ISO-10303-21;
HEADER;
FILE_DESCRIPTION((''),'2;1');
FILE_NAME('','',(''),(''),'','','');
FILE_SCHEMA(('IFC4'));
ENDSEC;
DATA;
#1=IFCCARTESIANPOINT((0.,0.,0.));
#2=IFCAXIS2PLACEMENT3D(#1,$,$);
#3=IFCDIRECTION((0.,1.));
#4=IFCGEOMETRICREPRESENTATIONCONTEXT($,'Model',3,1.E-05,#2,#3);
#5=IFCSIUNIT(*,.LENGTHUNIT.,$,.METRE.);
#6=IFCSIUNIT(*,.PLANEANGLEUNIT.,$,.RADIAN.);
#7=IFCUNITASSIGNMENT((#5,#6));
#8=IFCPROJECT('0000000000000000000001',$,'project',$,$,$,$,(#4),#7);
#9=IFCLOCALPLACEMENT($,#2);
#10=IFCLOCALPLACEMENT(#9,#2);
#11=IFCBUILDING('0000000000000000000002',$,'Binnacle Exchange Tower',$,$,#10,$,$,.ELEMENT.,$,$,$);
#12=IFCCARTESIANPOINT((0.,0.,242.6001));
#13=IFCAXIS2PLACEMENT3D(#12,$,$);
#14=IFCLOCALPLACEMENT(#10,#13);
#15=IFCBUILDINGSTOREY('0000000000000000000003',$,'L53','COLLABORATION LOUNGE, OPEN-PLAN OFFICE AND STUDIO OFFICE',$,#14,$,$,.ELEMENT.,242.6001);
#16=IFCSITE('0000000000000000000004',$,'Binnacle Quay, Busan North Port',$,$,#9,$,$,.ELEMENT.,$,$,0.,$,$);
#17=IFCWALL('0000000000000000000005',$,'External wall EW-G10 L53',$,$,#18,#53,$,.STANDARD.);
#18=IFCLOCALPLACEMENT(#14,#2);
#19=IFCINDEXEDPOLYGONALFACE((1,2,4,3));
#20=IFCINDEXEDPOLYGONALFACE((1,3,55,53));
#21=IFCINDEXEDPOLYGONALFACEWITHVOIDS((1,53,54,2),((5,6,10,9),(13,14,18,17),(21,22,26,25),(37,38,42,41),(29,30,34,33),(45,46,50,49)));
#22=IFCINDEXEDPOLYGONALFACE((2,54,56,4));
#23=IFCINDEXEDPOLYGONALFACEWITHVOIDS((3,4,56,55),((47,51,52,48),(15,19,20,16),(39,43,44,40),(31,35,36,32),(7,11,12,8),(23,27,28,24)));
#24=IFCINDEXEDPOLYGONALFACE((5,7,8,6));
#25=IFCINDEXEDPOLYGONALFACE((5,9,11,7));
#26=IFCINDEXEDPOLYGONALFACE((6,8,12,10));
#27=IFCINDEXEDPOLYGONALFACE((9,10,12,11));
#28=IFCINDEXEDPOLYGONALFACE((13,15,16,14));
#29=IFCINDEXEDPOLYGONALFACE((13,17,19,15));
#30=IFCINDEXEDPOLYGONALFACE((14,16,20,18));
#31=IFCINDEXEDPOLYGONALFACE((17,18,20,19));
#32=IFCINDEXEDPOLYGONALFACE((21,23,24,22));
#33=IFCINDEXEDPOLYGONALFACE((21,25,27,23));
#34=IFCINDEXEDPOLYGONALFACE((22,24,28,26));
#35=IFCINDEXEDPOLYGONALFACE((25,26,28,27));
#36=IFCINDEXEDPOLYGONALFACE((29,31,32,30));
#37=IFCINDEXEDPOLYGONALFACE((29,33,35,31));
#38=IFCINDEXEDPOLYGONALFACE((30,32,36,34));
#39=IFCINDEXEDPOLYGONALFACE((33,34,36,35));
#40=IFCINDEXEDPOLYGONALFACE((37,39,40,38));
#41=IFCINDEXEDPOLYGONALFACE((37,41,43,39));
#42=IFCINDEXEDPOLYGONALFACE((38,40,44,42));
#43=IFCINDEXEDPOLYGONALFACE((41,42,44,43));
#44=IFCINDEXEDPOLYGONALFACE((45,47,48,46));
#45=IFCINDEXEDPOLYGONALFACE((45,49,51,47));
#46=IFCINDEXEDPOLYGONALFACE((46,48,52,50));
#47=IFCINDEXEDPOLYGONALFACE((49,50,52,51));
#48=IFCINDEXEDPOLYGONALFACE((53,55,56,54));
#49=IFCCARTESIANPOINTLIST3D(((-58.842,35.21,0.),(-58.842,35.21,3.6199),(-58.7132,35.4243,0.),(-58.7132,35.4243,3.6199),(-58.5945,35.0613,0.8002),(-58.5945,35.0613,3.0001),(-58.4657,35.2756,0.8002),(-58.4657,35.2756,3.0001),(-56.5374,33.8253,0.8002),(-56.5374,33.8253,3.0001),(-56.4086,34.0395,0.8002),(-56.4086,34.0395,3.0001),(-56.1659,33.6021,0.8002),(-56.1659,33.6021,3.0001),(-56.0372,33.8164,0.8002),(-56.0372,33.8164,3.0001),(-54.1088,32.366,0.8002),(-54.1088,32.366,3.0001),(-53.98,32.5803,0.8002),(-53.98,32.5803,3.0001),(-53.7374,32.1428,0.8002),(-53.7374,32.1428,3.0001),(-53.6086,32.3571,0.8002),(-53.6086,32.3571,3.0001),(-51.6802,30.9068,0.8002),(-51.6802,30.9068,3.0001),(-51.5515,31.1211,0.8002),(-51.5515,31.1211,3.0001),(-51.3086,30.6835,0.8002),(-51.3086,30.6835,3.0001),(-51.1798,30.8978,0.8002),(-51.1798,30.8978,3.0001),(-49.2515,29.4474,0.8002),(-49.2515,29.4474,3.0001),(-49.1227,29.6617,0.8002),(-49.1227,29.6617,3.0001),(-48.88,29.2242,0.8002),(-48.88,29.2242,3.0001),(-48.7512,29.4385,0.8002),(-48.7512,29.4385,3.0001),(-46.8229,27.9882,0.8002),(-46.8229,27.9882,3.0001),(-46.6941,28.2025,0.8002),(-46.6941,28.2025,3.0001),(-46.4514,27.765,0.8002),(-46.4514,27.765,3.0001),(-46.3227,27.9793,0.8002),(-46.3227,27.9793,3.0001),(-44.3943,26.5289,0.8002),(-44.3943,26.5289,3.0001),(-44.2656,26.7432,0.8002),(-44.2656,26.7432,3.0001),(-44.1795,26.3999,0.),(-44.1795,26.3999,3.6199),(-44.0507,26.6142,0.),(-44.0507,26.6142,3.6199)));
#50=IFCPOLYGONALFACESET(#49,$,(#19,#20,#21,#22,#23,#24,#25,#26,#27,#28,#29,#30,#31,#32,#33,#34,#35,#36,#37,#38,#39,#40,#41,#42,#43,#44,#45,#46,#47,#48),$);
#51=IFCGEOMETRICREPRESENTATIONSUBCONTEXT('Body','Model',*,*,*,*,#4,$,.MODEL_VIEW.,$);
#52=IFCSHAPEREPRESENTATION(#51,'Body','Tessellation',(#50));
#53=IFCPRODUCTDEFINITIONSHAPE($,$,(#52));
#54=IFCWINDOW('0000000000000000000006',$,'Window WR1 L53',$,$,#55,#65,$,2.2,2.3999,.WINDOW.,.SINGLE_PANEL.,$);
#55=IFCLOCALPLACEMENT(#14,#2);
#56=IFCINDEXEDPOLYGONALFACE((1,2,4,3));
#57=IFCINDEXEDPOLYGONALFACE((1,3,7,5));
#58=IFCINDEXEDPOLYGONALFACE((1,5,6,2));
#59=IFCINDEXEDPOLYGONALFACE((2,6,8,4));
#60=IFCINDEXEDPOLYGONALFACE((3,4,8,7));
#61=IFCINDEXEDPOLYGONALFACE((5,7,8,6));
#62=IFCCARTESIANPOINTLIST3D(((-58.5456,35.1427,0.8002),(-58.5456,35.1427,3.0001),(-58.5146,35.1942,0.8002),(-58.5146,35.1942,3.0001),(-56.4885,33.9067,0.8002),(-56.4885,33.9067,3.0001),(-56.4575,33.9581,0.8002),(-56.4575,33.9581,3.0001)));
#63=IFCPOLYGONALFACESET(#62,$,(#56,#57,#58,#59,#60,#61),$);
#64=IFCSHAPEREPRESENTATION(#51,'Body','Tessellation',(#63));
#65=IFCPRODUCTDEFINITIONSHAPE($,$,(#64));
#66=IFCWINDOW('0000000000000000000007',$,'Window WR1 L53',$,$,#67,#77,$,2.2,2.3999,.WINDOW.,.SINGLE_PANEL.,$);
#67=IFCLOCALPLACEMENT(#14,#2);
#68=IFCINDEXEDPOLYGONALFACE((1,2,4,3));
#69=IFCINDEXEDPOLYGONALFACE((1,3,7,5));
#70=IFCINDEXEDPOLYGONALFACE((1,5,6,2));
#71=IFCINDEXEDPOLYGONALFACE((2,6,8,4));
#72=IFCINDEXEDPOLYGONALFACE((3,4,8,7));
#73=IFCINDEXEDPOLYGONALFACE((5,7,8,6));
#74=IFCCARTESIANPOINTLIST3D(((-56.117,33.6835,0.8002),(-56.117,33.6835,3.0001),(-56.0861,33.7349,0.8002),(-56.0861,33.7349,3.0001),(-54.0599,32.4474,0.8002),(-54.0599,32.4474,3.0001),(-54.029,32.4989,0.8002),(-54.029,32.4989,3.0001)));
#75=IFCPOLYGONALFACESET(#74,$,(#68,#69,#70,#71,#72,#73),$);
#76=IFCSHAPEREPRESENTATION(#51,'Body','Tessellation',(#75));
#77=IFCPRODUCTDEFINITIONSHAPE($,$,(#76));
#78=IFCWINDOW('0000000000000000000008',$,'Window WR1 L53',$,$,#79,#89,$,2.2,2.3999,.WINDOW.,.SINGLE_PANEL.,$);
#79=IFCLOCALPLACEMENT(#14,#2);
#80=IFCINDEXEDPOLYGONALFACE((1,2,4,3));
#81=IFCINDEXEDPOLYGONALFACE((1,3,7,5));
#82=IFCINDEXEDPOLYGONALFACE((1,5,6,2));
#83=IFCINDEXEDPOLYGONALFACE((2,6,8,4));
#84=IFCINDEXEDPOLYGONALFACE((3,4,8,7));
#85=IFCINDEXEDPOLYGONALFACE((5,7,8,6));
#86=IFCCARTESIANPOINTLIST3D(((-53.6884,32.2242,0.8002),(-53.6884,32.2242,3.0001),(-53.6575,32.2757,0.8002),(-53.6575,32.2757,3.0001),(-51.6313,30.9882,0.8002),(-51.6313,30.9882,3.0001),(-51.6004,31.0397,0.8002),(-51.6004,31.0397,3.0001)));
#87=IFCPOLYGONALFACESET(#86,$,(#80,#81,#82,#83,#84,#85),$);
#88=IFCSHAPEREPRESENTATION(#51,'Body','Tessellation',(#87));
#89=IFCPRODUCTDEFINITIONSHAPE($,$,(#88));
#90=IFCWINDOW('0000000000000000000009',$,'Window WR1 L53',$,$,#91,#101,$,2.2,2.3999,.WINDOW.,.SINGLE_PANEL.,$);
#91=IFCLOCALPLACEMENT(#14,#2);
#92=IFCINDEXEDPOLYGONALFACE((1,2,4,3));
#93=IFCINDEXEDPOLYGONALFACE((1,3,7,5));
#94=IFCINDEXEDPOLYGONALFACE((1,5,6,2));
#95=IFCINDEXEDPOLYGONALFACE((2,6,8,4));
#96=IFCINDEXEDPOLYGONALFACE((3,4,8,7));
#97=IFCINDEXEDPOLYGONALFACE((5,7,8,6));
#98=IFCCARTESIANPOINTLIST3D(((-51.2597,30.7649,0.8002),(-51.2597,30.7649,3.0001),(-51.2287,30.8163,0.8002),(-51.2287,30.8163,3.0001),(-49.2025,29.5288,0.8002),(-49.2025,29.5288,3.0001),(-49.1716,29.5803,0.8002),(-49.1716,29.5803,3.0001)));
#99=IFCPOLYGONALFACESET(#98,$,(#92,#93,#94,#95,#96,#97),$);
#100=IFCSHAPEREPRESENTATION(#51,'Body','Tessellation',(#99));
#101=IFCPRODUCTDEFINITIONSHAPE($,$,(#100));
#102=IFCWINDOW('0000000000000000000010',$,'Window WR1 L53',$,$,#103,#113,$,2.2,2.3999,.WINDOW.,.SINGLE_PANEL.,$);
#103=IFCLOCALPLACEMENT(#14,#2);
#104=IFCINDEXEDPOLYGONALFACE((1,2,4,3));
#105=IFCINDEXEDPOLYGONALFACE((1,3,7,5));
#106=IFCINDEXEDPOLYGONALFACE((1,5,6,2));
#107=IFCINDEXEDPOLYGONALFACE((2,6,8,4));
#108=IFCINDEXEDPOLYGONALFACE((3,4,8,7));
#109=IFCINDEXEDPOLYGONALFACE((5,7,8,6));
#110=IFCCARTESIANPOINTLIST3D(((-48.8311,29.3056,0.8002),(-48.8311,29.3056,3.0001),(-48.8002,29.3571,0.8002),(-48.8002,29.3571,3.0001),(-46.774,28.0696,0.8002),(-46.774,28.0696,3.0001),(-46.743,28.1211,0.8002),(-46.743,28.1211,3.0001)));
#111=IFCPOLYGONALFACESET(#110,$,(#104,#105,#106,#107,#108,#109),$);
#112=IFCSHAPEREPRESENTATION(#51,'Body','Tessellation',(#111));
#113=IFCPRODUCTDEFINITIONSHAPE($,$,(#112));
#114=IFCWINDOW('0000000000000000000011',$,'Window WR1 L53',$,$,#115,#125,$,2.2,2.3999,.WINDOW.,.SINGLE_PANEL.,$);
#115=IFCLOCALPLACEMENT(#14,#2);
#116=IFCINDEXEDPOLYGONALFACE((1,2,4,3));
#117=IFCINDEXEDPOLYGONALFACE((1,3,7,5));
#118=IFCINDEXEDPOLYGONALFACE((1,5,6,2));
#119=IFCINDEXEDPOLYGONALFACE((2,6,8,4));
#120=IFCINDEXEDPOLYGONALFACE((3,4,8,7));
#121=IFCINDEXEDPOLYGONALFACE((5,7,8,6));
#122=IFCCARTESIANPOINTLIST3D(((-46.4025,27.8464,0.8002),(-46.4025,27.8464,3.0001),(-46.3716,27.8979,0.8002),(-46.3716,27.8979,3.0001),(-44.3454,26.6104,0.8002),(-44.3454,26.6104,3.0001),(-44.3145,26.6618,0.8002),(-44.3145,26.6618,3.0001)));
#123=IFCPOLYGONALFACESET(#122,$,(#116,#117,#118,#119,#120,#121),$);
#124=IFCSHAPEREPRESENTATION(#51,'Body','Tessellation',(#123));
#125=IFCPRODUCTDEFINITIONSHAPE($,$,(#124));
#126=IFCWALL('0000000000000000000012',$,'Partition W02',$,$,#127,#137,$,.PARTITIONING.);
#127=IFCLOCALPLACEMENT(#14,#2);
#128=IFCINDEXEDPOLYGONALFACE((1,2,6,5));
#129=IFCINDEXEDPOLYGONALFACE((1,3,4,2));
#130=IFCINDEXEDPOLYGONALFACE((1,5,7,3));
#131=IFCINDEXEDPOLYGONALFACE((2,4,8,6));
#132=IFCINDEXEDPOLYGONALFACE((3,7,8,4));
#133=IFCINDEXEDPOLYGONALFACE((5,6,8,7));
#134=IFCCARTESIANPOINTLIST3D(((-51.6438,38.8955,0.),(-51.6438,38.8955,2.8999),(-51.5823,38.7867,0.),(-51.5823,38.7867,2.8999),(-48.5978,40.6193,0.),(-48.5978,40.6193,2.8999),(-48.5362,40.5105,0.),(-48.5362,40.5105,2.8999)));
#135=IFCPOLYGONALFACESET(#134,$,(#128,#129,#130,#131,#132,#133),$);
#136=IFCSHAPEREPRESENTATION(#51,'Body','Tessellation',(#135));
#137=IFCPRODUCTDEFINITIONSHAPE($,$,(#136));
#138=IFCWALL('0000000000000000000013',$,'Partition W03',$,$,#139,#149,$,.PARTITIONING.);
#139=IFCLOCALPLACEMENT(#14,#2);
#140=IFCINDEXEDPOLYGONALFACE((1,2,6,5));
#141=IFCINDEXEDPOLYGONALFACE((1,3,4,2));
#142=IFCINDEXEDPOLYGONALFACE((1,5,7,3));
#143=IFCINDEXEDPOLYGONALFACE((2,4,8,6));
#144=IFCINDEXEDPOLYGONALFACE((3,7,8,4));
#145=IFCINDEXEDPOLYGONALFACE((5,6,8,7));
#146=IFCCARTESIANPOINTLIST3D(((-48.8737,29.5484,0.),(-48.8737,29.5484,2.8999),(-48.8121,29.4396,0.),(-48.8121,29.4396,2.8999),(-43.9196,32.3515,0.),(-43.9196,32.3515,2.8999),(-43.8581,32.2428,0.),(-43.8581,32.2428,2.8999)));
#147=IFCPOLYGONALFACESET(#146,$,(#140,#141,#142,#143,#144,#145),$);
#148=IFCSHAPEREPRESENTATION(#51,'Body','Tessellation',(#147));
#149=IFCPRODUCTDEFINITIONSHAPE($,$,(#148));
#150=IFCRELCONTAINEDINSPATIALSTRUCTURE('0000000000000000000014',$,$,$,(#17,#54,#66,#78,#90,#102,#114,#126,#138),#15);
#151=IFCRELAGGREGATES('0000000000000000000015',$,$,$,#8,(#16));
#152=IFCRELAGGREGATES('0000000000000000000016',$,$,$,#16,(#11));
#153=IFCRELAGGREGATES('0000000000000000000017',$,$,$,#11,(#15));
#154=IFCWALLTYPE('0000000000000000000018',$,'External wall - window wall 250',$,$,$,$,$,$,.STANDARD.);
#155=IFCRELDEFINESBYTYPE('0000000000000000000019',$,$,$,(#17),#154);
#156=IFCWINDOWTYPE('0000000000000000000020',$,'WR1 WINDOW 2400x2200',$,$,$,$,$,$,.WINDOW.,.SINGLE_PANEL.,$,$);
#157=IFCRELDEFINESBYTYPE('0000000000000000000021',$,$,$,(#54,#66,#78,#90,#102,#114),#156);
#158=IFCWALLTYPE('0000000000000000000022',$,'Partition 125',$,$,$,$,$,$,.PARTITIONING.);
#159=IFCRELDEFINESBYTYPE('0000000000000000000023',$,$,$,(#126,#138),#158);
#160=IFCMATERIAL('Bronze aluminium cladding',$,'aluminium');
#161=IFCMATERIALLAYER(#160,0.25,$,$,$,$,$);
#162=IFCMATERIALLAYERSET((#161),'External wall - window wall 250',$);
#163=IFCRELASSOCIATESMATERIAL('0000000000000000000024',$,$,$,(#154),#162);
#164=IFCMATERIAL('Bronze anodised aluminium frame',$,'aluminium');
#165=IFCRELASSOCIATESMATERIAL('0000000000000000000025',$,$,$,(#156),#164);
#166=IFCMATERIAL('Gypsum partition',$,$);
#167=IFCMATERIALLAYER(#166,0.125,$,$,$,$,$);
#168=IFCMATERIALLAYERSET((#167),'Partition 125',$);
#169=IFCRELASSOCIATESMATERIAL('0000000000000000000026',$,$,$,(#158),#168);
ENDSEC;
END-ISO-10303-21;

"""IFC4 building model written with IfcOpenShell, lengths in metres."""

from ifc_helpers import new_model, si_unit, direction, frame, frame_2d, origin, place, context, subcontext, project, spatial, rectangle, extrude, material, layer, layer_set, type_object, element, fill, save


model = new_model("IFC4")

# Units and contexts
model_context = context("Model", 3, precision=1e-05, world=origin(), true_north=direction((0.0, 1.0)))
body_context = subcontext(model_context, "Body", "Model", "MODEL_VIEW")
ifc_project = project(units=[si_unit("LENGTHUNIT", "METRE"), si_unit("PLANEANGLEUNIT", "RADIAN")], contexts=[model_context])

# Site, building, storey
site_placement = place(None, origin())
site = spatial("IfcSite", under=ifc_project, at=site_placement, Name="Binnacle Quay, Busan North Port", CompositionType="ELEMENT", RefElevation=0.0)
building_placement = place(site_placement, origin())
building = spatial("IfcBuilding", under=site, at=building_placement, Name="Binnacle Exchange Tower", CompositionType="ELEMENT")
storey_placement = place(building_placement, frame((0.0, 0.0, 242.6001)))
storey = spatial("IfcBuildingStorey", under=building, at=storey_placement, Name="L53", Description="COLLABORATION LOUNGE, OPEN-PLAN OFFICE AND STUDIO OFFICE", CompositionType="ELEMENT", Elevation=242.6001)

# Shared definitions
ifc_material_1 = material(Name="Bronze aluminium cladding", Category="aluminium")
ifc_layer_1 = layer(ifc_material_1, 0.25)
ifc_layer_set_1 = layer_set([ifc_layer_1], Name="External wall - window wall 250")
wall_type_1 = type_object("IfcWallType", Name="External wall - window wall 250", PredefinedType="STANDARD", material=ifc_layer_set_1)

# Wall, openings, windows
wall_1_placement = place(storey_placement, frame((-44.1152, 26.5071, 0.0), z_axis=(0.0, 0.0, 1.0), x_axis=(-0.857167, 0.515039, 0.0)))
wall_1 = element("IfcWall", 1, at=wall_1_placement, inside=storey, type_object=wall_type_1, Name="External wall EW-G10 L53", PredefinedType="STANDARD", context=body_context, shape_type="SweptSolid", body=[
    extrude(rectangle(XDim=17.1057, YDim=0.25, at=frame_2d((8.5527, 0.0))), origin(), (0.0, 0.0, 1.0), 3.6199),
])
opening_1_placement = place(wall_1_placement, frame((14.417, 0.0, 0.8)))
opening_1 = element("IfcOpeningElement", 2, at=opening_1_placement, cuts=wall_1, PredefinedType="OPENING", context=body_context, shape_type="SweptSolid", body=[
    extrude(rectangle(XDim=2.3999, YDim=2.2, at=frame_2d((1.2, 1.1001))), frame((0.0, 0.135, 0.0), z_axis=(0.0, -1.0, 0.0), x_axis=(1.0, 0.0, 0.0)), (0.0, 0.0, 1.0), 0.27),
])
opening_2_placement = place(wall_1_placement, frame((11.5837, 0.0, 0.8)))
opening_2 = element("IfcOpeningElement", 3, at=opening_2_placement, cuts=wall_1, PredefinedType="OPENING", context=body_context, shape_type="SweptSolid", body=[
    extrude(rectangle(XDim=2.3999, YDim=2.2, at=frame_2d((1.2, 1.1001))), frame((0.0, 0.135, 0.0), z_axis=(0.0, -1.0, 0.0), x_axis=(1.0, 0.0, 0.0)), (0.0, 0.0, 1.0), 0.27),
])
opening_3_placement = place(wall_1_placement, frame((8.7505, 0.0, 0.8)))
opening_3 = element("IfcOpeningElement", 4, at=opening_3_placement, cuts=wall_1, PredefinedType="OPENING", context=body_context, shape_type="SweptSolid", body=[
    extrude(rectangle(XDim=2.3999, YDim=2.2, at=frame_2d((1.2, 1.1001))), frame((0.0, 0.135, 0.0), z_axis=(0.0, -1.0, 0.0), x_axis=(1.0, 0.0, 0.0)), (0.0, 0.0, 1.0), 0.27),
])
opening_4_placement = place(wall_1_placement, frame((5.917, 0.0, 0.8)))
opening_4 = element("IfcOpeningElement", 5, at=opening_4_placement, cuts=wall_1, PredefinedType="OPENING", context=body_context, shape_type="SweptSolid", body=[
    extrude(rectangle(XDim=2.3999, YDim=2.2, at=frame_2d((1.2, 1.1001))), frame((0.0, 0.135, 0.0), z_axis=(0.0, -1.0, 0.0), x_axis=(1.0, 0.0, 0.0)), (0.0, 0.0, 1.0), 0.27),
])
opening_5_placement = place(wall_1_placement, frame((3.0837, 0.0, 0.8)))
opening_5 = element("IfcOpeningElement", 6, at=opening_5_placement, cuts=wall_1, PredefinedType="OPENING", context=body_context, shape_type="SweptSolid", body=[
    extrude(rectangle(XDim=2.3999, YDim=2.2, at=frame_2d((1.2, 1.1001))), frame((0.0, 0.135, 0.0), z_axis=(0.0, -1.0, 0.0), x_axis=(1.0, 0.0, 0.0)), (0.0, 0.0, 1.0), 0.27),
])
opening_6_placement = place(wall_1_placement, frame((0.2505, 0.0, 0.8)))
opening_6 = element("IfcOpeningElement", 7, at=opening_6_placement, cuts=wall_1, PredefinedType="OPENING", context=body_context, shape_type="SweptSolid", body=[
    extrude(rectangle(XDim=2.3999, YDim=2.2, at=frame_2d((1.2, 1.1001))), frame((0.0, 0.135, 0.0), z_axis=(0.0, -1.0, 0.0), x_axis=(1.0, 0.0, 0.0)), (0.0, 0.0, 1.0), 0.27),
])
ifc_material_2 = material(Name="Bronze anodised aluminium frame", Category="aluminium")
window_type = type_object("IfcWindowType", Name="WR1 WINDOW 2400x2200", PartitioningType="SINGLE_PANEL", PredefinedType="WINDOW", material=ifc_material_2)
window_1_placement = place(opening_1_placement, origin())
window_1 = element("IfcWindow", 8, at=window_1_placement, inside=storey, type_object=window_type, Name="Window WR1 L53", OverallHeight=2.2, OverallWidth=2.3999, PartitioningType="SINGLE_PANEL", PredefinedType="WINDOW", context=body_context, shape_type="SweptSolid", body=[
    extrude(rectangle(XDim=2.3999, YDim=2.2, at=frame_2d((1.2, 1.1001))), frame((0.0, 0.03, 0.0), z_axis=(0.0, -1.0, 0.0), x_axis=(1.0, 0.0, 0.0)), (0.0, 0.0, 1.0), 0.0601),
])
fill(opening_1, window_1)
window_2_placement = place(opening_2_placement, origin())
window_2 = element("IfcWindow", 9, at=window_2_placement, inside=storey, type_object=window_type, Name="Window WR1 L53", OverallHeight=2.2, OverallWidth=2.3999, PartitioningType="SINGLE_PANEL", PredefinedType="WINDOW", context=body_context, shape_type="SweptSolid", body=[
    extrude(rectangle(XDim=2.3999, YDim=2.2, at=frame_2d((1.2, 1.1001))), frame((0.0, 0.03, 0.0), z_axis=(0.0, -1.0, 0.0), x_axis=(1.0, 0.0, 0.0)), (0.0, 0.0, 1.0), 0.0601),
])
fill(opening_2, window_2)
window_3_placement = place(opening_3_placement, origin())
window_3 = element("IfcWindow", 10, at=window_3_placement, inside=storey, type_object=window_type, Name="Window WR1 L53", OverallHeight=2.2, OverallWidth=2.3999, PartitioningType="SINGLE_PANEL", PredefinedType="WINDOW", context=body_context, shape_type="SweptSolid", body=[
    extrude(rectangle(XDim=2.3999, YDim=2.2, at=frame_2d((1.2, 1.1001))), frame((0.0, 0.03, 0.0), z_axis=(0.0, -1.0, 0.0), x_axis=(1.0, 0.0, 0.0)), (0.0, 0.0, 1.0), 0.0601),
])
fill(opening_3, window_3)
window_4_placement = place(opening_4_placement, origin())
window_4 = element("IfcWindow", 11, at=window_4_placement, inside=storey, type_object=window_type, Name="Window WR1 L53", OverallHeight=2.2, OverallWidth=2.3999, PartitioningType="SINGLE_PANEL", PredefinedType="WINDOW", context=body_context, shape_type="SweptSolid", body=[
    extrude(rectangle(XDim=2.3999, YDim=2.2, at=frame_2d((1.2, 1.1001))), frame((0.0, 0.03, 0.0), z_axis=(0.0, -1.0, 0.0), x_axis=(1.0, 0.0, 0.0)), (0.0, 0.0, 1.0), 0.0601),
])
fill(opening_4, window_4)
window_5_placement = place(opening_5_placement, origin())
window_5 = element("IfcWindow", 12, at=window_5_placement, inside=storey, type_object=window_type, Name="Window WR1 L53", OverallHeight=2.2, OverallWidth=2.3999, PartitioningType="SINGLE_PANEL", PredefinedType="WINDOW", context=body_context, shape_type="SweptSolid", body=[
    extrude(rectangle(XDim=2.3999, YDim=2.2, at=frame_2d((1.2, 1.1001))), frame((0.0, 0.03, 0.0), z_axis=(0.0, -1.0, 0.0), x_axis=(1.0, 0.0, 0.0)), (0.0, 0.0, 1.0), 0.0601),
])
fill(opening_5, window_5)
window_6_placement = place(opening_6_placement, origin())
window_6 = element("IfcWindow", 13, at=window_6_placement, inside=storey, type_object=window_type, Name="Window WR1 L53", OverallHeight=2.2, OverallWidth=2.3999, PartitioningType="SINGLE_PANEL", PredefinedType="WINDOW", context=body_context, shape_type="SweptSolid", body=[
    extrude(rectangle(XDim=2.3999, YDim=2.2, at=frame_2d((1.2, 1.1001))), frame((0.0, 0.03, 0.0), z_axis=(0.0, -1.0, 0.0), x_axis=(1.0, 0.0, 0.0)), (0.0, 0.0, 1.0), 0.0601),
])
fill(opening_6, window_6)

# Walls
ifc_material_3 = material(Name="Gypsum partition")
ifc_layer_2 = layer(ifc_material_3, 0.125)
ifc_layer_set_2 = layer_set([ifc_layer_2], Name="Partition 125")
wall_type_2 = type_object("IfcWallType", Name="Partition 125", PredefinedType="PARTITIONING", material=ifc_layer_set_2)
wall_2_placement = place(storey_placement, frame((-51.613, 38.8411, 0.0), z_axis=(0.0, 0.0, 1.0), x_axis=(0.8703, 0.492521, 0.0)))
element("IfcWall", 14, at=wall_2_placement, inside=storey, type_object=wall_type_2, Name="Partition W02", PredefinedType="PARTITIONING", context=body_context, shape_type="SweptSolid", body=[
    extrude(rectangle(XDim=3.5, YDim=0.125, at=frame_2d((1.75, 0.0))), origin(), (0.0, 0.0, 1.0), 2.8999),
])
wall_3_placement = place(storey_placement, frame((-48.843, 29.4939, 0.0), z_axis=(0.0, 0.0, 1.0), x_axis=(0.870331, 0.492467, 0.0)))
element("IfcWall", 15, at=wall_3_placement, inside=storey, type_object=wall_type_2, Name="Partition W03", PredefinedType="PARTITIONING", context=body_context, shape_type="SweptSolid", body=[
    extrude(rectangle(XDim=5.6921, YDim=0.125, at=frame_2d((2.8462, 0.0))), origin(), (0.0, 0.0, 1.0), 2.8999),
])

save(model, "model.ifc")
